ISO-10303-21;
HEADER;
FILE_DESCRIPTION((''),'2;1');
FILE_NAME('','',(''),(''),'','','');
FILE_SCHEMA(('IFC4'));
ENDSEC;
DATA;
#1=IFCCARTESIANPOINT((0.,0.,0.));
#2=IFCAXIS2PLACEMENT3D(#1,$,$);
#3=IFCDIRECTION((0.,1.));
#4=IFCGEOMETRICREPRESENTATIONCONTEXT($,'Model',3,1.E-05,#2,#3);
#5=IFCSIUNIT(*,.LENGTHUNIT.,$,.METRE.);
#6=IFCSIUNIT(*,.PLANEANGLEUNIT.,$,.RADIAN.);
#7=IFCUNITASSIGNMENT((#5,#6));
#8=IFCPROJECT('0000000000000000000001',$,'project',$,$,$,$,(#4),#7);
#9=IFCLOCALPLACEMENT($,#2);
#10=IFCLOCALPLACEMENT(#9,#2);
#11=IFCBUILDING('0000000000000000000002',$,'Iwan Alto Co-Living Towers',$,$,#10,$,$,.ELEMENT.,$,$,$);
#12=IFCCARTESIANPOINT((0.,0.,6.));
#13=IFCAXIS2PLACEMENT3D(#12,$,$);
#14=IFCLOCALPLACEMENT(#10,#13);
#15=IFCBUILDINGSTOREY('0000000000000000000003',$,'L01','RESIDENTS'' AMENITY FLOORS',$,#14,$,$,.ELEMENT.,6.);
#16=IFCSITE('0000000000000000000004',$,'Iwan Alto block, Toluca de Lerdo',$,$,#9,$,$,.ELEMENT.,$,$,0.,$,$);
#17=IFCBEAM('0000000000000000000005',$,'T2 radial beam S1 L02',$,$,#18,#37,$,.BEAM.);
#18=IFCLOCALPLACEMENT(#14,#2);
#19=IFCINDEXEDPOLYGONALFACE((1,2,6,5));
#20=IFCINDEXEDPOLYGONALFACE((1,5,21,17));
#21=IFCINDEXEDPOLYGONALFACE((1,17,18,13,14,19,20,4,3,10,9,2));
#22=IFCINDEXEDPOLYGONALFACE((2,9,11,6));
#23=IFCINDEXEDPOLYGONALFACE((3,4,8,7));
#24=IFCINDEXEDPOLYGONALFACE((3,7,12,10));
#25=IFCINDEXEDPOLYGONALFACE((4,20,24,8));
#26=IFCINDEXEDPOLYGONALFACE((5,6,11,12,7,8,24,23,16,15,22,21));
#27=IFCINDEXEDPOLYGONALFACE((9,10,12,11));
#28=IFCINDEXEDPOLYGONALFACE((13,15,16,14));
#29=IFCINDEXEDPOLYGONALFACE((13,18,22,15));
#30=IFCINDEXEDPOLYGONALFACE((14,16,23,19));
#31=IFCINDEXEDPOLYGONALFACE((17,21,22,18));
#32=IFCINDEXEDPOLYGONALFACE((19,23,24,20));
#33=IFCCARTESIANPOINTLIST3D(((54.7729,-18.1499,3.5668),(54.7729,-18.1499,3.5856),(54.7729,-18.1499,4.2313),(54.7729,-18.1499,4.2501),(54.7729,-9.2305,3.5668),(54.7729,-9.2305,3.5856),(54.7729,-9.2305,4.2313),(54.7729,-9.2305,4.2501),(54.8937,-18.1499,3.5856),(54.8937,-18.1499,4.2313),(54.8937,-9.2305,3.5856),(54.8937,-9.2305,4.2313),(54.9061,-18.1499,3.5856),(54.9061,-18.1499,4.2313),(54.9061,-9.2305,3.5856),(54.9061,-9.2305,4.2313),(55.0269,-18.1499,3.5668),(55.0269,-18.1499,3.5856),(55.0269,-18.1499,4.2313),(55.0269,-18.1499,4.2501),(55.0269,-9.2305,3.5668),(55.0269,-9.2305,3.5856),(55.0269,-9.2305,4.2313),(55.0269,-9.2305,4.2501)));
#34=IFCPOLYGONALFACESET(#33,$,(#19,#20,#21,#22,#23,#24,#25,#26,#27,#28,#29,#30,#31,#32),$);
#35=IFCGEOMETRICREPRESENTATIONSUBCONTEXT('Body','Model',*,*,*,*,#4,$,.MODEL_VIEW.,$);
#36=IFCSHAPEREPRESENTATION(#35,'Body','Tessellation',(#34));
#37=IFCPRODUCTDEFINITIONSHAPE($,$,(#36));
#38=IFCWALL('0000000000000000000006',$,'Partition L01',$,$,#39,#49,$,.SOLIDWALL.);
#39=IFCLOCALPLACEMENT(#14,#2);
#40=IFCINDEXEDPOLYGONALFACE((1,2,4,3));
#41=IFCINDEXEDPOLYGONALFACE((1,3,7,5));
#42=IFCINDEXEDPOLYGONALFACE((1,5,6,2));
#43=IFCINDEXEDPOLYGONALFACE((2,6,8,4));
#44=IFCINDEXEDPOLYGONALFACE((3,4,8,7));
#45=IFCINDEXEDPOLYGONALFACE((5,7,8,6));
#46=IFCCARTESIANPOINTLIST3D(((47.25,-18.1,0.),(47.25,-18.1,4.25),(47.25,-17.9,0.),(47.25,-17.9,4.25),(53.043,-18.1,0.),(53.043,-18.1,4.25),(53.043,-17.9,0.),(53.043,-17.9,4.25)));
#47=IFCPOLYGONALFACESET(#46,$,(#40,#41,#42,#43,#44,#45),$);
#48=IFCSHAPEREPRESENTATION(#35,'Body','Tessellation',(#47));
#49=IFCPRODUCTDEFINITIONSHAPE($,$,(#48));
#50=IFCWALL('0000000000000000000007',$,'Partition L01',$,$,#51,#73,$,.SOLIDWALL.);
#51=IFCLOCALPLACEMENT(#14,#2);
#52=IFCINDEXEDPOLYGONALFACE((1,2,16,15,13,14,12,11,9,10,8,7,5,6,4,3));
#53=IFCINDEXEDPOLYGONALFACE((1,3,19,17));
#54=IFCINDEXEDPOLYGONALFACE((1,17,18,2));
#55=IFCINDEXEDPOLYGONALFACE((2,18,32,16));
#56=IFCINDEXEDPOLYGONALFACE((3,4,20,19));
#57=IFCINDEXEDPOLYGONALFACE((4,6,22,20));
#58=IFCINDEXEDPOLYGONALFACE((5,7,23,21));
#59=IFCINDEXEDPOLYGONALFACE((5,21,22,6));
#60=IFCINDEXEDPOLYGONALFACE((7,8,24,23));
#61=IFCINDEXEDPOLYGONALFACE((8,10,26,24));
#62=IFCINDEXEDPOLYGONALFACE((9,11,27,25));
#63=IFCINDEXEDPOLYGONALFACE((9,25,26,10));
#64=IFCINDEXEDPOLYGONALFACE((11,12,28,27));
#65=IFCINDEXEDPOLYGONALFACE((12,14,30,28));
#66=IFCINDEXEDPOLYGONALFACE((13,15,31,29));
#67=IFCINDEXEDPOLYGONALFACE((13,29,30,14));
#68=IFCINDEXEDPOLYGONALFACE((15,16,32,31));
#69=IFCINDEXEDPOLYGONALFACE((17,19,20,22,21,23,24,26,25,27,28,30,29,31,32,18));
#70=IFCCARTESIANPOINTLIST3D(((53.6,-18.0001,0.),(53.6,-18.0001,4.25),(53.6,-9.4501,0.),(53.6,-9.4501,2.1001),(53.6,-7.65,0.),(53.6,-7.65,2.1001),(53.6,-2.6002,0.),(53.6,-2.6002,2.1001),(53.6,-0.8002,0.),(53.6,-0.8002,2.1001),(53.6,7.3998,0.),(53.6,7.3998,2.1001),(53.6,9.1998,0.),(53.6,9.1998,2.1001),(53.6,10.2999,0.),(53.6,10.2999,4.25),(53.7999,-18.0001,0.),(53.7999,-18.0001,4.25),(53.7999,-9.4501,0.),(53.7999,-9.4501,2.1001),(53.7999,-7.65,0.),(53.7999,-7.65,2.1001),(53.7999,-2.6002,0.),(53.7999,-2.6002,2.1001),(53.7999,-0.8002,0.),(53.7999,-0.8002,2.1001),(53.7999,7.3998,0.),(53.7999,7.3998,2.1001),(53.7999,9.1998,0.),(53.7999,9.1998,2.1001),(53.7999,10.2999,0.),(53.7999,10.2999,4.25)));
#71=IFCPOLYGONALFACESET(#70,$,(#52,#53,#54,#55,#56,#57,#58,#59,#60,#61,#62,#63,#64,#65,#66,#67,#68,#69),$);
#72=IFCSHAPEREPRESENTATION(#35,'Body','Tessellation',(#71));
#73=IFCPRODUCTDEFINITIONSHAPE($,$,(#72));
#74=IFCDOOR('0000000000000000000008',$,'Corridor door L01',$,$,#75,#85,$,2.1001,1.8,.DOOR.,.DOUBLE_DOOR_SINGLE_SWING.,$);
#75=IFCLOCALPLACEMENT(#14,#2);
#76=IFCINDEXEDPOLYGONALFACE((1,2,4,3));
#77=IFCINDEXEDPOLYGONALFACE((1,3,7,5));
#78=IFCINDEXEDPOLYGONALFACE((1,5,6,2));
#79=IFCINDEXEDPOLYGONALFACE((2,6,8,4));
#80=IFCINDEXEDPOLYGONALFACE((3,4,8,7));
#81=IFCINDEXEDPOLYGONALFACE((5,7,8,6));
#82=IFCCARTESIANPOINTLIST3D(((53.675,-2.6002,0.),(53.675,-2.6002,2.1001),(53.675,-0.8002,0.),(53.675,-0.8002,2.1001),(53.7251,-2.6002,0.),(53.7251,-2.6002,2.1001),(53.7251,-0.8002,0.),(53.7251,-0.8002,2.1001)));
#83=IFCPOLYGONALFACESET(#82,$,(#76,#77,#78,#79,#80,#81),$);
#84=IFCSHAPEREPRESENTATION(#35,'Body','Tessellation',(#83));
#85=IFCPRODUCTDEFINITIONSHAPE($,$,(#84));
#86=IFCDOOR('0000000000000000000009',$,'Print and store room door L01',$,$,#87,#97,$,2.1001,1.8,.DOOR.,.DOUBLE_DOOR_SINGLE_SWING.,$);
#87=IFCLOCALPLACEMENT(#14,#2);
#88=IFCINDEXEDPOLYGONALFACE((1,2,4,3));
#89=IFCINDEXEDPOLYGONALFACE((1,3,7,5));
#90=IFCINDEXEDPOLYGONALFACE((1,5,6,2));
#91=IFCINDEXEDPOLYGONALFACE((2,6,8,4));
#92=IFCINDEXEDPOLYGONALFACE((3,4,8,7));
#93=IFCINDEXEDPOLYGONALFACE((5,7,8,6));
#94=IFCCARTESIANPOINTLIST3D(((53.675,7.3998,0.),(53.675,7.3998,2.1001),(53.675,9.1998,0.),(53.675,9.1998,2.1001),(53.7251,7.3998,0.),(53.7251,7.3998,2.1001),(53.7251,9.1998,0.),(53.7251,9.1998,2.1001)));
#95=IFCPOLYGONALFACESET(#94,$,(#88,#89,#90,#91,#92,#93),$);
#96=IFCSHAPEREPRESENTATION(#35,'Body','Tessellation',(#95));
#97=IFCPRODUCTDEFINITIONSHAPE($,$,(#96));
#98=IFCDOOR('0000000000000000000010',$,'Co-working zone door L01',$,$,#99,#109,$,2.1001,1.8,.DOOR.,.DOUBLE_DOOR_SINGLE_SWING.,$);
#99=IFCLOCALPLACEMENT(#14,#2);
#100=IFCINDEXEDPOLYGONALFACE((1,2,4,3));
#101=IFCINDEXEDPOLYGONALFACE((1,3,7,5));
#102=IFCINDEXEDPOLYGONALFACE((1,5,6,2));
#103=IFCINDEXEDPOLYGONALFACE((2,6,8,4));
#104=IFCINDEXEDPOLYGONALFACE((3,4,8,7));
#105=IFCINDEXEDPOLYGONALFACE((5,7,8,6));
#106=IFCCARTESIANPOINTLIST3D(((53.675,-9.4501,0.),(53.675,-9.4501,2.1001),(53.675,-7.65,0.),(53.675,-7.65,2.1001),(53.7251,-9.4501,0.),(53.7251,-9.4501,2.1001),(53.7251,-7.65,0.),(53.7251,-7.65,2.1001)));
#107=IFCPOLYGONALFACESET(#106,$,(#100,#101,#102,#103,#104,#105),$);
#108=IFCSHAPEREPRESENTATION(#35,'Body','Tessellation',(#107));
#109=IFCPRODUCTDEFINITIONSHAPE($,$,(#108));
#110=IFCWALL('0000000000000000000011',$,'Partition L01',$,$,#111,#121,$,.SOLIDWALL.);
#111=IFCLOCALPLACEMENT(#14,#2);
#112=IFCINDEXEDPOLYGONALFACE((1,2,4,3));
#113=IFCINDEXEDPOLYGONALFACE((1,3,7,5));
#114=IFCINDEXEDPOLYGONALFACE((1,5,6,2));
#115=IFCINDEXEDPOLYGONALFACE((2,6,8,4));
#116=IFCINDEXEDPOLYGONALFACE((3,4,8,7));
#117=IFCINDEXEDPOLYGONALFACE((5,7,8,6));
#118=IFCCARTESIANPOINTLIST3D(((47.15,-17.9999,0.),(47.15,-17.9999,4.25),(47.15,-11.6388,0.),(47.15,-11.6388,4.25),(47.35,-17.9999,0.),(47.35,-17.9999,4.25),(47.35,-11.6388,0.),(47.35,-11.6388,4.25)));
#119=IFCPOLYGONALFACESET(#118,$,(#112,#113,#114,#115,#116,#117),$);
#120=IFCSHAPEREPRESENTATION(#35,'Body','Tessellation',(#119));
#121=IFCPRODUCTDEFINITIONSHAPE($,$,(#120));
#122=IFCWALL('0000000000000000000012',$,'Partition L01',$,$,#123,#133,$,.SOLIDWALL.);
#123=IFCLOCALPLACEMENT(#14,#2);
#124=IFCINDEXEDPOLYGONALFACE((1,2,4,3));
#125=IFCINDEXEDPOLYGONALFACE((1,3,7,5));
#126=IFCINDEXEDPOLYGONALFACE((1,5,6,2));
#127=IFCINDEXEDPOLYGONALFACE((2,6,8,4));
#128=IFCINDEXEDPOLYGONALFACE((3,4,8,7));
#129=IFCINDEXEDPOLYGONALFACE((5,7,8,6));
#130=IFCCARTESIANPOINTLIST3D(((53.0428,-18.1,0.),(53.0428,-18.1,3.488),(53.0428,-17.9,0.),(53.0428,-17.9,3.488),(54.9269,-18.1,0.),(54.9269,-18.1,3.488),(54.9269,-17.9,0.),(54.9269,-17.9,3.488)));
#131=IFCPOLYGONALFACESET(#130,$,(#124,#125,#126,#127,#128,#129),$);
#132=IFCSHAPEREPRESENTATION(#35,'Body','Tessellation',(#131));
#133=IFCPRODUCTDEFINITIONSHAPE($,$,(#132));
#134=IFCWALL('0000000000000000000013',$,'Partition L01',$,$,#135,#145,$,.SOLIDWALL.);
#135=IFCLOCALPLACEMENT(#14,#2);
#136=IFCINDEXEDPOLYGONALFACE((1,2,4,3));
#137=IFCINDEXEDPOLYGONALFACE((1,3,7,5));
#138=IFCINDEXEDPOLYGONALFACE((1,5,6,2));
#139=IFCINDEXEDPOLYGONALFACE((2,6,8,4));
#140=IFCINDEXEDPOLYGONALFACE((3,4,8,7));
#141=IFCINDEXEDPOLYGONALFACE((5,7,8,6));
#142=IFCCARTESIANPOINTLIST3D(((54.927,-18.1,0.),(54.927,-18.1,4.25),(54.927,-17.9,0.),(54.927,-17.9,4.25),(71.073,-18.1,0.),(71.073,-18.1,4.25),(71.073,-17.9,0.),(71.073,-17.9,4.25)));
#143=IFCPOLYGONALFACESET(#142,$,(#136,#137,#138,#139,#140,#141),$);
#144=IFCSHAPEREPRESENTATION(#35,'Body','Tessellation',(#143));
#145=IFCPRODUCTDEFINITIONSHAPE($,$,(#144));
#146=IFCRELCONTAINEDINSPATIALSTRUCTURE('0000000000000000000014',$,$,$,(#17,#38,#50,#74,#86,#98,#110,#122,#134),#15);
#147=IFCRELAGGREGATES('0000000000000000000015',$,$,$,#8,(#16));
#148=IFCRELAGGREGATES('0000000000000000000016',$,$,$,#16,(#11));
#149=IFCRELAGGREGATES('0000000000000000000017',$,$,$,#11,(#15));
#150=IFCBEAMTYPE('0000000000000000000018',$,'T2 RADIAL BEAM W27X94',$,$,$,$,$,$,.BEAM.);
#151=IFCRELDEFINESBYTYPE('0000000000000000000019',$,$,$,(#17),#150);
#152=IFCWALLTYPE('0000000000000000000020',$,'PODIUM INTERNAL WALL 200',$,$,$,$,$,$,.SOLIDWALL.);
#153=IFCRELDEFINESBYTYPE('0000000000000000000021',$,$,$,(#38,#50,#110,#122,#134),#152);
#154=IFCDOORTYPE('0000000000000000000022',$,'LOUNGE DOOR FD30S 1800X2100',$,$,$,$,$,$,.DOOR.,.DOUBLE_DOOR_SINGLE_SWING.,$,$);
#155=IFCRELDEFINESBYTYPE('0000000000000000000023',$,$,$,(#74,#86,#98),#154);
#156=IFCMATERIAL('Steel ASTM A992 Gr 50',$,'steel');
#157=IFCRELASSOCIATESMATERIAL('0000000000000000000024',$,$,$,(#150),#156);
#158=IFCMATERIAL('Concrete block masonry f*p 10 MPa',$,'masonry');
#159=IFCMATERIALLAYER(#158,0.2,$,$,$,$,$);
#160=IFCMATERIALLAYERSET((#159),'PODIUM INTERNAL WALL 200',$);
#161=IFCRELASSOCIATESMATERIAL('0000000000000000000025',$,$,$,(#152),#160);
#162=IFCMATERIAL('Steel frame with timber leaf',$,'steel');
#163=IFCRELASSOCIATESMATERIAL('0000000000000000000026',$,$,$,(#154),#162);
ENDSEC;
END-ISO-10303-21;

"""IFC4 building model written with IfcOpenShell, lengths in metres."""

from ifc_helpers import new_model, si_unit, direction, frame, frame_2d, origin, origin_2d, place, context, subcontext, project, spatial, rectangle, i_section, extrude, material, layer, layer_set, material_profile, profile_set, type_object, element, fill, save


model = new_model("IFC4")

# Units and contexts
model_context = context("Model", 3, precision=1e-05, world=origin(), true_north=direction((0.0, 1.0)))
body_context = subcontext(model_context, "Body", "Model", "MODEL_VIEW")
ifc_project = project(units=[si_unit("LENGTHUNIT", "METRE"), si_unit("PLANEANGLEUNIT", "RADIAN")], contexts=[model_context])

# Site, building, storey
site_placement = place(None, origin())
site = spatial("IfcSite", under=ifc_project, at=site_placement, Name="Iwan Alto block, Toluca de Lerdo", CompositionType="ELEMENT", RefElevation=0.0)
building_placement = place(site_placement, origin())
building = spatial("IfcBuilding", under=site, at=building_placement, Name="Iwan Alto Co-Living Towers", CompositionType="ELEMENT")
storey_placement = place(building_placement, frame((0.0, 0.0, 6.0)))
storey = spatial("IfcBuildingStorey", under=building, at=storey_placement, Name="L01", Description="RESIDENTS' AMENITY FLOORS", CompositionType="ELEMENT", Elevation=6.0)

# Beam
ifc_material_1 = material(Name="Steel ASTM A992 Gr 50", Category="steel")
ifc_material_profile_1 = material_profile(ifc_material_1, i_section(OverallWidth=0.2539, OverallDepth=0.6833, WebThickness=0.0125, FlangeThickness=0.0188, at=origin_2d()), Name="W27X94")
ifc_profile_set_1 = profile_set([ifc_material_profile_1], Name="Steel ASTM A992 Gr 50")
beam_type_1 = type_object("IfcBeamType", Name="T2 RADIAL BEAM W27X94", PredefinedType="BEAM", material=ifc_profile_set_1)
beam_1_placement = place(storey_placement, frame((54.8999, -18.1499, 3.9084), z_axis=(0.0, 1.0, 0.0), x_axis=(-1.0, 0.0, 0.0)))
element("IfcBeam", 1, at=beam_1_placement, inside=storey, type_object=beam_type_1, Name="T2 radial beam S1 L02", PredefinedType="BEAM", context=body_context, shape_type="SweptSolid", body=[
    extrude(i_section(OverallWidth=0.2539, OverallDepth=0.6833, WebThickness=0.0125, FlangeThickness=0.0188, at=origin_2d()), origin(), (0.0, 0.0, 1.0), 8.9194),
])

# Wall
ifc_material_2 = material(Name="Concrete block masonry f*p 10 MPa", Category="masonry")
ifc_layer = layer(ifc_material_2, 0.2)
ifc_layer_set = layer_set([ifc_layer], Name="PODIUM INTERNAL WALL 200")
wall_type = type_object("IfcWallType", Name="PODIUM INTERNAL WALL 200", PredefinedType="SOLIDWALL", material=ifc_layer_set)
wall_1_placement = place(storey_placement, frame((47.25, -18.0, 0.0), z_axis=(0.0, 0.0, 1.0), x_axis=(1.0, 0.0, 0.0)))
element("IfcWall", 2, at=wall_1_placement, inside=storey, type_object=wall_type, Name="Partition L01", PredefinedType="SOLIDWALL", context=body_context, shape_type="SweptSolid", body=[
    extrude(rectangle(XDim=5.793, YDim=0.2, at=frame_2d((2.8965, 0.0))), origin(), (0.0, 0.0, 1.0), 4.25),
])

# Wall, openings, doors
wall_2_placement = place(storey_placement, frame((53.7, -18.0, 0.0), z_axis=(0.0, 0.0, 1.0), x_axis=(0.0, 1.0, 0.0)))
wall_2 = element("IfcWall", 3, at=wall_2_placement, inside=storey, type_object=wall_type, Name="Partition L01", PredefinedType="SOLIDWALL", context=body_context, shape_type="SweptSolid", body=[
    extrude(rectangle(XDim=28.3, YDim=0.2, at=frame_2d((14.1499, 0.0))), origin(), (0.0, 0.0, 1.0), 4.25),
])
opening_1_placement = place(wall_2_placement, frame((15.3999, 0.0, 0.0)))
opening_1 = element("IfcOpeningElement", 4, at=opening_1_placement, cuts=wall_2, PredefinedType="OPENING", context=body_context, shape_type="SweptSolid", body=[
    extrude(rectangle(XDim=1.8, YDim=2.1001, at=frame_2d((0.8999, 1.05))), frame((0.0, 0.1099, 0.0), z_axis=(0.0, -1.0, 0.0), x_axis=(1.0, 0.0, 0.0)), (0.0, 0.0, 1.0), 0.22),
])
opening_2_placement = place(wall_2_placement, frame((25.3999, 0.0, 0.0)))
opening_2 = element("IfcOpeningElement", 5, at=opening_2_placement, cuts=wall_2, PredefinedType="OPENING", context=body_context, shape_type="SweptSolid", body=[
    extrude(rectangle(XDim=1.8, YDim=2.1001, at=frame_2d((0.8999, 1.05))), frame((0.0, 0.1099, 0.0), z_axis=(0.0, -1.0, 0.0), x_axis=(1.0, 0.0, 0.0)), (0.0, 0.0, 1.0), 0.22),
])
opening_3_placement = place(wall_2_placement, frame((8.55, 0.0, 0.0)))
opening_3 = element("IfcOpeningElement", 6, at=opening_3_placement, cuts=wall_2, PredefinedType="OPENING", context=body_context, shape_type="SweptSolid", body=[
    extrude(rectangle(XDim=1.8, YDim=2.1001, at=frame_2d((0.8999, 1.05))), frame((0.0, 0.1099, 0.0), z_axis=(0.0, -1.0, 0.0), x_axis=(1.0, 0.0, 0.0)), (0.0, 0.0, 1.0), 0.22),
])
ifc_material_3 = material(Name="Steel frame with timber leaf", Category="steel")
door_type = type_object("IfcDoorType", Name="LOUNGE DOOR FD30S 1800X2100", OperationType="DOUBLE_DOOR_SINGLE_SWING", PredefinedType="DOOR", material=ifc_material_3)
door_1_placement = place(opening_1_placement, origin())
door_1 = element("IfcDoor", 7, at=door_1_placement, inside=storey, type_object=door_type, Name="Corridor door L01", OperationType="DOUBLE_DOOR_SINGLE_SWING", OverallHeight=2.1001, OverallWidth=1.8, PredefinedType="DOOR", context=body_context, shape_type="SweptSolid", body=[
    extrude(rectangle(XDim=1.8, YDim=2.1001, at=frame_2d((0.8999, 1.05))), frame((0.0, 0.0249, 0.0), z_axis=(0.0, -1.0, 0.0), x_axis=(1.0, 0.0, 0.0)), (0.0, 0.0, 1.0), 0.05),
])
fill(opening_1, door_1)
door_2_placement = place(opening_2_placement, origin())
door_2 = element("IfcDoor", 8, at=door_2_placement, inside=storey, type_object=door_type, Name="Print and store room door L01", OperationType="DOUBLE_DOOR_SINGLE_SWING", OverallHeight=2.1001, OverallWidth=1.8, PredefinedType="DOOR", context=body_context, shape_type="SweptSolid", body=[
    extrude(rectangle(XDim=1.8, YDim=2.1001, at=frame_2d((0.8999, 1.05))), frame((0.0, 0.0249, 0.0), z_axis=(0.0, -1.0, 0.0), x_axis=(1.0, 0.0, 0.0)), (0.0, 0.0, 1.0), 0.05),
])
fill(opening_2, door_2)
door_3_placement = place(opening_3_placement, origin())
door_3 = element("IfcDoor", 9, at=door_3_placement, inside=storey, type_object=door_type, Name="Co-working zone door L01", OperationType="DOUBLE_DOOR_SINGLE_SWING", OverallHeight=2.1001, OverallWidth=1.8, PredefinedType="DOOR", context=body_context, shape_type="SweptSolid", body=[
    extrude(rectangle(XDim=1.8, YDim=2.1001, at=frame_2d((0.8999, 1.05))), frame((0.0, 0.0249, 0.0), z_axis=(0.0, -1.0, 0.0), x_axis=(1.0, 0.0, 0.0)), (0.0, 0.0, 1.0), 0.05),
])
fill(opening_3, door_3)

# Walls
wall_3_placement = place(storey_placement, frame((47.25, -18.0, 0.0), z_axis=(0.0, 0.0, 1.0), x_axis=(0.0, 1.0, 0.0)))
element("IfcWall", 10, at=wall_3_placement, inside=storey, type_object=wall_type, Name="Partition L01", PredefinedType="SOLIDWALL", context=body_context, shape_type="SweptSolid", body=[
    extrude(rectangle(XDim=6.3611, YDim=0.2, at=frame_2d((3.1807, 0.0))), origin(), (0.0, 0.0, 1.0), 4.25),
])
wall_4_placement = place(storey_placement, frame((53.043, -18.0, 0.0), z_axis=(0.0, 0.0, 1.0), x_axis=(1.0, 0.0, 0.0)))
element("IfcWall", 11, at=wall_4_placement, inside=storey, type_object=wall_type, Name="Partition L01", PredefinedType="SOLIDWALL", context=body_context, shape_type="SweptSolid", body=[
    extrude(rectangle(XDim=1.884, YDim=0.2, at=frame_2d((0.9419, 0.0))), origin(), (0.0, 0.0, 1.0), 3.488),
])
wall_5_placement = place(storey_placement, frame((54.927, -18.0, 0.0), z_axis=(0.0, 0.0, 1.0), x_axis=(1.0, 0.0, 0.0)))
element("IfcWall", 12, at=wall_5_placement, inside=storey, type_object=wall_type, Name="Partition L01", PredefinedType="SOLIDWALL", context=body_context, shape_type="SweptSolid", body=[
    extrude(rectangle(XDim=16.146, YDim=0.2, at=frame_2d((8.073, 0.0))), origin(), (0.0, 0.0, 1.0), 4.25),
])

save(model, "model.ifc")
